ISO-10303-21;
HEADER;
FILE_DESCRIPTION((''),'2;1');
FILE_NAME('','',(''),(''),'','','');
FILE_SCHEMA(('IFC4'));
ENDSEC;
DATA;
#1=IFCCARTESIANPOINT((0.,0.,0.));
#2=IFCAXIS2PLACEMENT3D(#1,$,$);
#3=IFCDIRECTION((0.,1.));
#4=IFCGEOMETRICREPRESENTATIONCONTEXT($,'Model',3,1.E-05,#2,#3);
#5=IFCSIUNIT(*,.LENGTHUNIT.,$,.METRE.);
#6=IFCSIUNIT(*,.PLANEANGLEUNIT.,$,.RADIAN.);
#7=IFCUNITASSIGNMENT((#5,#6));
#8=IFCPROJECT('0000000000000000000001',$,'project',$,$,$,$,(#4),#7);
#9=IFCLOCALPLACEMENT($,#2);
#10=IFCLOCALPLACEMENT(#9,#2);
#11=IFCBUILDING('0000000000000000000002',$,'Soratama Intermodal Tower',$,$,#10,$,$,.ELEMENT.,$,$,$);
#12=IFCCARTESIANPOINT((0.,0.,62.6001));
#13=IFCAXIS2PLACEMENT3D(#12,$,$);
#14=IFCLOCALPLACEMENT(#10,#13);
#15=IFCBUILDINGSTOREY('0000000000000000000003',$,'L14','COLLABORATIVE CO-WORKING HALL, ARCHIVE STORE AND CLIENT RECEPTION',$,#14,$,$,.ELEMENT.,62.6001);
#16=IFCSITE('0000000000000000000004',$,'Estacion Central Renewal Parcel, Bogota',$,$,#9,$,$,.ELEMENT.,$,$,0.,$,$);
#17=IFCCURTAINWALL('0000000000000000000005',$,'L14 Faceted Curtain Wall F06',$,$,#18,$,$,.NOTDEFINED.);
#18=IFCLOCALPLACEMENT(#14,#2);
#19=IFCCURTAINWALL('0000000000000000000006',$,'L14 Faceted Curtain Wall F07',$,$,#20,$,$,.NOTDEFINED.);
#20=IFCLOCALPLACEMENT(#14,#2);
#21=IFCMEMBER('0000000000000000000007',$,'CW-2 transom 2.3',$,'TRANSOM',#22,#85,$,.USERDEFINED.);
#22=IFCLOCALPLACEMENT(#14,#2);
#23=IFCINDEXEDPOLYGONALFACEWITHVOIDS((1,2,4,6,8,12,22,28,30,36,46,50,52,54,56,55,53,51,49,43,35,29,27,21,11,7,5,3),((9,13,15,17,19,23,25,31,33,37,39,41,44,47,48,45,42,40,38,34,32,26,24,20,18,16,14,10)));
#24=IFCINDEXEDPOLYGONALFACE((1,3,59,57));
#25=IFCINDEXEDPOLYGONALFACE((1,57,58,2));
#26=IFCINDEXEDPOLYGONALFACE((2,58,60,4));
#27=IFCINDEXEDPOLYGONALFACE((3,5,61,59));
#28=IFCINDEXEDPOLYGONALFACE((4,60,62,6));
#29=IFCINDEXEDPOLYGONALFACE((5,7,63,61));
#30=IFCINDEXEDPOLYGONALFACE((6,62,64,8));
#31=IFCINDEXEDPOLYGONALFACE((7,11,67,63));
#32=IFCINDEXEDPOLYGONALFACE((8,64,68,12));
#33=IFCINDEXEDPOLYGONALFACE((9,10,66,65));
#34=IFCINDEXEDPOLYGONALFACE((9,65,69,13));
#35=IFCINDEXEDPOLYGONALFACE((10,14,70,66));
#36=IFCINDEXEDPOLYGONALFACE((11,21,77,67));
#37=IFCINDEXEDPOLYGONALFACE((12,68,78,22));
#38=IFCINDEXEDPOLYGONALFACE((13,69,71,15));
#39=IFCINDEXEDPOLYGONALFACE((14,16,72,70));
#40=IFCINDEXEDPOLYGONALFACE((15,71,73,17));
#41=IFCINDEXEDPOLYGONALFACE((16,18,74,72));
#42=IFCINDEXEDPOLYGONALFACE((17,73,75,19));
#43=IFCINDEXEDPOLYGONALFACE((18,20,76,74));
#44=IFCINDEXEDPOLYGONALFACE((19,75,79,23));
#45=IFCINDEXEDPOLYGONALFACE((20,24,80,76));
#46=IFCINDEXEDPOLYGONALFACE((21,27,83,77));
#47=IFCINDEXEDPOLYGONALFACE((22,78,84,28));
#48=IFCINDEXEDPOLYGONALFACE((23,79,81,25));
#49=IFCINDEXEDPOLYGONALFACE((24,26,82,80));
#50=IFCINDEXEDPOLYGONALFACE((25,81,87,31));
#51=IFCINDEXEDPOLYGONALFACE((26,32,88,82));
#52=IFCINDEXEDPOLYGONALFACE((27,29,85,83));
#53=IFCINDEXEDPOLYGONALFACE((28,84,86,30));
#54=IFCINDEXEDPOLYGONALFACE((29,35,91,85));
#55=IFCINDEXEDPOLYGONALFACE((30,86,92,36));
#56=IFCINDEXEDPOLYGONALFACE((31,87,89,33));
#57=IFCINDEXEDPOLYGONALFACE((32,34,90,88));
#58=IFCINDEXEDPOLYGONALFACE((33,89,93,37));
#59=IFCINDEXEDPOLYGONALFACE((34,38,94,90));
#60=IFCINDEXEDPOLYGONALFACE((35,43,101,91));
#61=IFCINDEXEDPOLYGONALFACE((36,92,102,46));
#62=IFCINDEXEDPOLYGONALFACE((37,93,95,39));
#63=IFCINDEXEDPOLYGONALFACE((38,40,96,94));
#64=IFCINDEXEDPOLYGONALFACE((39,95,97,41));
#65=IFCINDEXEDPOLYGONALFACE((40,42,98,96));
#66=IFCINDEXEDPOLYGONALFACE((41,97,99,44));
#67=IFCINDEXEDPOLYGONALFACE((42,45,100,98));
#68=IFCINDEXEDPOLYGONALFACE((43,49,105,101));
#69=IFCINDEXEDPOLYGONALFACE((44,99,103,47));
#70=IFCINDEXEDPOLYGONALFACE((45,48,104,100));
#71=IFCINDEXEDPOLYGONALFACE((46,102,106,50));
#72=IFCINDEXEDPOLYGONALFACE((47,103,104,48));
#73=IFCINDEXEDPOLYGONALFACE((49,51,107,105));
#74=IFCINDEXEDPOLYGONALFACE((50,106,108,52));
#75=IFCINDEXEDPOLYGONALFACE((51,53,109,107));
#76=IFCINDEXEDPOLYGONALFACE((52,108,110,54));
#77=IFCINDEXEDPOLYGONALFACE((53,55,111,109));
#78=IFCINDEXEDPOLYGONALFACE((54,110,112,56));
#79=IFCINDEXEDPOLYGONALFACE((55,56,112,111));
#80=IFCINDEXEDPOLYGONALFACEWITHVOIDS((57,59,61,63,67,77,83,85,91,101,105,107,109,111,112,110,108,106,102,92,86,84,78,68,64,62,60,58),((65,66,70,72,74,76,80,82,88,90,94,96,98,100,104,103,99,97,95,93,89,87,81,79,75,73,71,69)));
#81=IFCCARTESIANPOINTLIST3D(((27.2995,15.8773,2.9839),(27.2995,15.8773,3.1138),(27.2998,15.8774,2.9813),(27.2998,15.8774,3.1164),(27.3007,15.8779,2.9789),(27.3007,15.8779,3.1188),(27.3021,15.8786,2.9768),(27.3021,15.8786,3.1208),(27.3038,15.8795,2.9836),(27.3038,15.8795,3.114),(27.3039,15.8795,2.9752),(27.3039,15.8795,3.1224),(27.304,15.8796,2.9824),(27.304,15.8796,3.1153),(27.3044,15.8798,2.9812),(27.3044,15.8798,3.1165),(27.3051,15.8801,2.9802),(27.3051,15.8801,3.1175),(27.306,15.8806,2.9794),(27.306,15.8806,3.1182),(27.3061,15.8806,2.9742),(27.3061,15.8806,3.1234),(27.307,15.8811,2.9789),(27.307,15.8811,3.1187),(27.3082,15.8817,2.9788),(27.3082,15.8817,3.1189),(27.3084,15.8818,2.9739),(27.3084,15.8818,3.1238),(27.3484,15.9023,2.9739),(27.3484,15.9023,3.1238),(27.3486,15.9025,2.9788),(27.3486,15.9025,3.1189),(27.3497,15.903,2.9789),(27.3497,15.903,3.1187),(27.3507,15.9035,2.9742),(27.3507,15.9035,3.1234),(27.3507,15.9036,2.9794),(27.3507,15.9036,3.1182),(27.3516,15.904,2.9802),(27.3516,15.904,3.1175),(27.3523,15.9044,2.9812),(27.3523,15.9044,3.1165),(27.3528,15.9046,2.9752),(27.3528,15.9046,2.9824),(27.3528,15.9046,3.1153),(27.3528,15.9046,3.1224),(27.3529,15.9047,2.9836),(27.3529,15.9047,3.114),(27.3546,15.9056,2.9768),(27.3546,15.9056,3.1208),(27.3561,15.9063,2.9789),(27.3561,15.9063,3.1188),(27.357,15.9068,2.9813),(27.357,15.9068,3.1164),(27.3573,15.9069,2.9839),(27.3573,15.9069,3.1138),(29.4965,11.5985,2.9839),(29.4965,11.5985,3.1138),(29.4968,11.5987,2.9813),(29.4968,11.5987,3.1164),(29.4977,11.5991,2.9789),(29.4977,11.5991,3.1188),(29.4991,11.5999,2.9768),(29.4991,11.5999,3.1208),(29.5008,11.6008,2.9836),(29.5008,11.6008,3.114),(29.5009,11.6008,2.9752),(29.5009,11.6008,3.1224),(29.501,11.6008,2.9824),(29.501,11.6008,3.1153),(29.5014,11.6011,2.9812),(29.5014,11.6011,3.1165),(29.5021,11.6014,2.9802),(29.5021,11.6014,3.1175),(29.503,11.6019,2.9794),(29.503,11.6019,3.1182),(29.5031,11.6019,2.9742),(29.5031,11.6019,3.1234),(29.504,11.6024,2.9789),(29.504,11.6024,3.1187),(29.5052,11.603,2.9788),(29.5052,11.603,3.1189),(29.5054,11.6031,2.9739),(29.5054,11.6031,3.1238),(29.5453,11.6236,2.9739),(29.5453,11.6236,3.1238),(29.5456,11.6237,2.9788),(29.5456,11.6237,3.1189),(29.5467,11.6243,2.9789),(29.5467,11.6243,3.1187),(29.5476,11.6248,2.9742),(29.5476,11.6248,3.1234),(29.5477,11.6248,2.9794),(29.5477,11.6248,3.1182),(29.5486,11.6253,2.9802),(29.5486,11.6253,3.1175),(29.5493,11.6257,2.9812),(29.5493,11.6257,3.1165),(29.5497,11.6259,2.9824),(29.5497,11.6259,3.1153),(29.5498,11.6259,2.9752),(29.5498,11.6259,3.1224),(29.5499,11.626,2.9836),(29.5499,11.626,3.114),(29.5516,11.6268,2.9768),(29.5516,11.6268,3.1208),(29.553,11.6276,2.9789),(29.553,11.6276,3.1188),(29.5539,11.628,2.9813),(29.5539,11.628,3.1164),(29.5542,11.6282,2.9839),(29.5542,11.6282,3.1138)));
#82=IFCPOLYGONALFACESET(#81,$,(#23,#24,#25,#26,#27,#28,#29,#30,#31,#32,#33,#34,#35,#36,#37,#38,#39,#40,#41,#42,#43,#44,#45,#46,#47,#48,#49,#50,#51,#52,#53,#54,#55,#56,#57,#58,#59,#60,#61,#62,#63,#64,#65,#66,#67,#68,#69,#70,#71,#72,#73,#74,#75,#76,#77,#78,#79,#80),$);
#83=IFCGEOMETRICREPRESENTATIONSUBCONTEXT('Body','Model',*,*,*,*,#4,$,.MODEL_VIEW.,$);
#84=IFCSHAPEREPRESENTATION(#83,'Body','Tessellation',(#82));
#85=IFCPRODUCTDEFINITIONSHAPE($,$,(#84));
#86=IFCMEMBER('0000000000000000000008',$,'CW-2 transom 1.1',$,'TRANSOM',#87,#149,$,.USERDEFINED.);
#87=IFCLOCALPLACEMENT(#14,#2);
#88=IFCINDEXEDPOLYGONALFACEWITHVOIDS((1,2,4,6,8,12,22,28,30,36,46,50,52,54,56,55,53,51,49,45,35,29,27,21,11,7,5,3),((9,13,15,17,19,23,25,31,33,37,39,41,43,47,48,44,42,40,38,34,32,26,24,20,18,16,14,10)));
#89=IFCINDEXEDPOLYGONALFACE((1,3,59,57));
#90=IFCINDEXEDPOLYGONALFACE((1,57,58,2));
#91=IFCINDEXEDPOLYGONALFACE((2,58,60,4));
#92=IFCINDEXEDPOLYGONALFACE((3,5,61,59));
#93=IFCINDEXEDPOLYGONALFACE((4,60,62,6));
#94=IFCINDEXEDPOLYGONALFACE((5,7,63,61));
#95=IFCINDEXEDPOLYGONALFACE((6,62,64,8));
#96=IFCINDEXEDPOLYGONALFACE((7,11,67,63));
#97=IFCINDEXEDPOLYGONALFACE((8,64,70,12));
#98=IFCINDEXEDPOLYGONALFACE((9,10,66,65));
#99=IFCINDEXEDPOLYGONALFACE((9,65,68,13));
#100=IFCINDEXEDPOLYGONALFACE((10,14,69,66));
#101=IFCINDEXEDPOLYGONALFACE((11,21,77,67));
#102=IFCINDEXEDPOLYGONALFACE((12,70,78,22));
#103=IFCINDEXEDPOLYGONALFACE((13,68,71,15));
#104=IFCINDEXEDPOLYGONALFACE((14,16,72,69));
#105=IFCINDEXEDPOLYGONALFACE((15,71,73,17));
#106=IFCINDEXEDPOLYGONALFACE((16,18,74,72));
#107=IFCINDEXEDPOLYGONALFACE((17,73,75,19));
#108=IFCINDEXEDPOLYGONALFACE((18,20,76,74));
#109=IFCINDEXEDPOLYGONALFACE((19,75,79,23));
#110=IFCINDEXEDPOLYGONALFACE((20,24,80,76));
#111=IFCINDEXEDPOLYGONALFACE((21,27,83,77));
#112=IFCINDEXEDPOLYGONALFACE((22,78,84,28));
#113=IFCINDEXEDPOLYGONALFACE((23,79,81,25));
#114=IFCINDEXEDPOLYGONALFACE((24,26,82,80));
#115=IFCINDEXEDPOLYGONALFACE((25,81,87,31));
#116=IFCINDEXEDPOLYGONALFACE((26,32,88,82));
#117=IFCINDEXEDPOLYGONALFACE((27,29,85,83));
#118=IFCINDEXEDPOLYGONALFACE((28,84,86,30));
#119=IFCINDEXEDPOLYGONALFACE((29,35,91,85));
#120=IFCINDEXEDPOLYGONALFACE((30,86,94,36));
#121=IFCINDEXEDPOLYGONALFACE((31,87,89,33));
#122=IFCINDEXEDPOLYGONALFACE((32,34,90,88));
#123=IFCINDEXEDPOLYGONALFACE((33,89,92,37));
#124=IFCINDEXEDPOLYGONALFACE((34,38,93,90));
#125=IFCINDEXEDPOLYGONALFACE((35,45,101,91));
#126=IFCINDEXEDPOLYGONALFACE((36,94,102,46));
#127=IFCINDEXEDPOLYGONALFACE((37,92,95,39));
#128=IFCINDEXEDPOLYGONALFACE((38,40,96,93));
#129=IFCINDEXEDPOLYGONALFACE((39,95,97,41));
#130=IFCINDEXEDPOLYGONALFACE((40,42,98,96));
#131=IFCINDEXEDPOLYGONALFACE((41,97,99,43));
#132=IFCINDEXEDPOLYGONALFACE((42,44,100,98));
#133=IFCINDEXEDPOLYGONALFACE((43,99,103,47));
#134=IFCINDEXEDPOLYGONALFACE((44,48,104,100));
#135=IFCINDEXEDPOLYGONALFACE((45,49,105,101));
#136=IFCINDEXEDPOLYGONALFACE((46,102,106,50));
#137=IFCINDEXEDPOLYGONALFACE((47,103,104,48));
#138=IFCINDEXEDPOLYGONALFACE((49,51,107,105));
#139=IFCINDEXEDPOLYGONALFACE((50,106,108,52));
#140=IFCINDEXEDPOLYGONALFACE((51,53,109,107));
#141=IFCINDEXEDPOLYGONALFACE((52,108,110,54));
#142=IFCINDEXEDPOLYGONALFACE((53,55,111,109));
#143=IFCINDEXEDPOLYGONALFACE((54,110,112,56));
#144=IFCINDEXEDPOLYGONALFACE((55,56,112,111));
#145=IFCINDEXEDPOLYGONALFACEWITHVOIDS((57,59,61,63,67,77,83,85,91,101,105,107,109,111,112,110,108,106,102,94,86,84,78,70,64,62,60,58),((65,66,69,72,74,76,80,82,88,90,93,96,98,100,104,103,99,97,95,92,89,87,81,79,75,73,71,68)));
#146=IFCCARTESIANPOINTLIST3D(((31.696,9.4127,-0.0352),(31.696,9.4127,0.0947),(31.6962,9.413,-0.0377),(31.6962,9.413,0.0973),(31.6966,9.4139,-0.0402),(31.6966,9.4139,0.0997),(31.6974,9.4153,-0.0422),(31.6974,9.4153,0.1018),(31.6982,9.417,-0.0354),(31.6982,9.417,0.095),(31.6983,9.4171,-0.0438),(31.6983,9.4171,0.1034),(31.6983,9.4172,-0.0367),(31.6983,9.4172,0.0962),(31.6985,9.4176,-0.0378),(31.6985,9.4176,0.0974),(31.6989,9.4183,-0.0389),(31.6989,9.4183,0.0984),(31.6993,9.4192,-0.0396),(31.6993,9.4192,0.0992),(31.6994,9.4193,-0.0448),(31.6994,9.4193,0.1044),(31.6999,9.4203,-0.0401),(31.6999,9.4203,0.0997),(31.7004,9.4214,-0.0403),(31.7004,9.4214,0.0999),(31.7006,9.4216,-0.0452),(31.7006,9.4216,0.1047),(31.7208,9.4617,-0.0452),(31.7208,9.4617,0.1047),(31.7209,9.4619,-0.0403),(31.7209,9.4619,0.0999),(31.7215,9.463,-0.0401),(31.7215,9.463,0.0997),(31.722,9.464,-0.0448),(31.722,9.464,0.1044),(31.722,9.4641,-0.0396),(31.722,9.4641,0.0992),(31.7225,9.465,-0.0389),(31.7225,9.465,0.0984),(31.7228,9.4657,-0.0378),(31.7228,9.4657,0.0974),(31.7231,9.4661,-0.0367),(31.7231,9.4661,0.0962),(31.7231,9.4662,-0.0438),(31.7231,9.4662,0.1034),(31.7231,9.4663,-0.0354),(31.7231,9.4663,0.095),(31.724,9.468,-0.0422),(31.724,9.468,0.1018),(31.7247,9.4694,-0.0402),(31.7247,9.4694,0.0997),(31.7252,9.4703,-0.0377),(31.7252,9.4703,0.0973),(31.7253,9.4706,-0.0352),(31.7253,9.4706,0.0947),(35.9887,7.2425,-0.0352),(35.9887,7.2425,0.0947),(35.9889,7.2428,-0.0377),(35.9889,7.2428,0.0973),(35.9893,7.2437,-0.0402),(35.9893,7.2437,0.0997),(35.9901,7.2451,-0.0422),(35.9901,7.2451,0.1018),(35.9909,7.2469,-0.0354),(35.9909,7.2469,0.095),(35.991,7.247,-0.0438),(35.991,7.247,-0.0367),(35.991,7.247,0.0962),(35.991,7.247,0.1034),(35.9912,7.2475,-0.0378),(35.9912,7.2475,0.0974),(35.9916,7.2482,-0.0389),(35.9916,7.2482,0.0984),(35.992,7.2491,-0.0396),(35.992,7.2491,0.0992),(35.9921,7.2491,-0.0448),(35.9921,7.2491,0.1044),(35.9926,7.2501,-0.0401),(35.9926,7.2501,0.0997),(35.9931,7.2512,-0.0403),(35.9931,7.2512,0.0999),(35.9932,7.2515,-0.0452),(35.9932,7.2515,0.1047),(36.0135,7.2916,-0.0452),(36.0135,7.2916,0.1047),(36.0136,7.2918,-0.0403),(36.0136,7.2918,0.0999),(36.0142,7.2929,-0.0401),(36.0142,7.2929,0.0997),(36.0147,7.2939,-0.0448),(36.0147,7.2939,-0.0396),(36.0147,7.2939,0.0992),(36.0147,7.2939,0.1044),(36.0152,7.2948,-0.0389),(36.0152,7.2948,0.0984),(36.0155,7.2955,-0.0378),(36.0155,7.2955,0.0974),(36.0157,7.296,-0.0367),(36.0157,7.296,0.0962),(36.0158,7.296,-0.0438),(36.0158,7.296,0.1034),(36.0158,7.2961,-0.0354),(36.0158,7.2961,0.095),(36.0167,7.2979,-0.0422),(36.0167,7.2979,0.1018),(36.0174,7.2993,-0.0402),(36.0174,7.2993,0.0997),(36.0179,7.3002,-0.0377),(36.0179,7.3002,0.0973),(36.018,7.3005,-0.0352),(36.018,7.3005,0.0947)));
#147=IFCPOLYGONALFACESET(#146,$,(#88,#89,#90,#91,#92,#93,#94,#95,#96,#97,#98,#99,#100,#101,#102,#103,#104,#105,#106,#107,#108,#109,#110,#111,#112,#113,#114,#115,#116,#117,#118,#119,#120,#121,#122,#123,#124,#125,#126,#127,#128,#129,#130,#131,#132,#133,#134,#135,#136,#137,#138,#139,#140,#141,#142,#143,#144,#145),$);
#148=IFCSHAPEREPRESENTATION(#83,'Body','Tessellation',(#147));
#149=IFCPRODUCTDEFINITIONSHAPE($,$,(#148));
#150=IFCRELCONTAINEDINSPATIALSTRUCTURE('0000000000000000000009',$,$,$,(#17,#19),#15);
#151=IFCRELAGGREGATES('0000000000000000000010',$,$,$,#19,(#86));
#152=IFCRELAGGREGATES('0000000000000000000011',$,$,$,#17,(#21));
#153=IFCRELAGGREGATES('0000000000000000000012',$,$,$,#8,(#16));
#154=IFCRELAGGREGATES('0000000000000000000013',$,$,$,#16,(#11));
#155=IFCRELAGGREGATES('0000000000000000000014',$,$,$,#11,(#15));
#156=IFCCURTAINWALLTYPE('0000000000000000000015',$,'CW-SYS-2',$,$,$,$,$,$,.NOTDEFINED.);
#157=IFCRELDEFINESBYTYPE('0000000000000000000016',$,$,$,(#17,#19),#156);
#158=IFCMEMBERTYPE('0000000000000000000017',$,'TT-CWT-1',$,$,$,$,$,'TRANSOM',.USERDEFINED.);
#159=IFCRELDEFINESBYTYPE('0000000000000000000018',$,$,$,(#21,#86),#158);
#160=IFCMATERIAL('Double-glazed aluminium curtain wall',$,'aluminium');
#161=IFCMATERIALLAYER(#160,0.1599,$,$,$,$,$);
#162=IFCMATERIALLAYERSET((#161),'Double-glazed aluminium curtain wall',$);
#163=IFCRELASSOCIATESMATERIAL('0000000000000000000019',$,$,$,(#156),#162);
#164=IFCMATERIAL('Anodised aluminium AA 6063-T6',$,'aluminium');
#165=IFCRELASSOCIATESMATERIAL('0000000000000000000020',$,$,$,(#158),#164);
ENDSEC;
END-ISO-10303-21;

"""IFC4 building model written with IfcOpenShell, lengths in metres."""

from ifc_helpers import new_model, si_unit, direction, frame, origin, origin_2d, place, context, subcontext, project, spatial, hollow_rectangle, extrude, material, layer, layer_set, material_profile, profile_set, type_object, element, aggregate, save


model = new_model("IFC4")

# Units and contexts
model_context = context("Model", 3, precision=1e-05, world=origin(), true_north=direction((0.0, 1.0)))
body_context = subcontext(model_context, "Body", "Model", "MODEL_VIEW")
ifc_project = project(units=[si_unit("LENGTHUNIT", "METRE"), si_unit("PLANEANGLEUNIT", "RADIAN")], contexts=[model_context])

# Site, building, storey
site_placement = place(None, origin())
site = spatial("IfcSite", under=ifc_project, at=site_placement, Name="Estacion Central Renewal Parcel, Bogota", CompositionType="ELEMENT", RefElevation=0.0)
building_placement = place(site_placement, origin())
building = spatial("IfcBuilding", under=site, at=building_placement, Name="Soratama Intermodal Tower", CompositionType="ELEMENT")
storey_placement = place(building_placement, frame((0.0, 0.0, 62.6001)))
storey = spatial("IfcBuildingStorey", under=building, at=storey_placement, Name="L14", Description="COLLABORATIVE CO-WORKING HALL, ARCHIVE STORE AND CLIENT RECEPTION", CompositionType="ELEMENT", Elevation=62.6001)

# Curtain walls
ifc_material_1 = material(Name="Double-glazed aluminium curtain wall", Category="aluminium")
ifc_layer_1 = layer(ifc_material_1, 0.1599)
ifc_layer_set_1 = layer_set([ifc_layer_1], Name="Double-glazed aluminium curtain wall")
curtain_wall_type = type_object("IfcCurtainWallType", Name="CW-SYS-2", PredefinedType="NOTDEFINED", material=ifc_layer_set_1)
curtain_wall_1_placement = place(storey_placement, origin())
curtain_wall_1 = element("IfcCurtainWall", 1, at=curtain_wall_1_placement, inside=storey, type_object=curtain_wall_type, Name="L14 Faceted Curtain Wall F06", PredefinedType="NOTDEFINED")
curtain_wall_2_placement = place(storey_placement, origin())
curtain_wall_2 = element("IfcCurtainWall", 2, at=curtain_wall_2_placement, inside=storey, type_object=curtain_wall_type, Name="L14 Faceted Curtain Wall F07", PredefinedType="NOTDEFINED")

# Members
ifc_material_2 = material(Name="Anodised aluminium AA 6063-T6", Category="aluminium")
ifc_material_profile_1 = material_profile(ifc_material_2, hollow_rectangle(XDim=0.0649, YDim=0.1499, WallThickness=0.0049, InnerFilletRadius=0.0049, OuterFilletRadius=0.01, at=origin_2d()), Name="CWT150X65X5")
ifc_profile_set_1 = profile_set([ifc_material_profile_1], Name="Anodised aluminium AA 6063-T6")
member_type_1 = type_object("IfcMemberType", Name="TT-CWT-1", ElementType="TRANSOM", PredefinedType="USERDEFINED", material=ifc_profile_set_1)
member_1_placement = place(storey_placement, frame((27.3284, 15.8921, 3.0488), z_axis=(0.456771, -0.889584, 0.0), x_axis=(0.889584, 0.456771, 0.0)))
member_1 = element("IfcMember", 3, at=member_1_placement, type_object=member_type_1, Name="CW-2 transom 2.3", ObjectType="TRANSOM", PredefinedType="USERDEFINED", context=body_context, shape_type="SweptSolid", body=[
    extrude(hollow_rectangle(XDim=0.0649, YDim=0.1499, WallThickness=0.0049, InnerFilletRadius=0.0049, OuterFilletRadius=0.01, at=origin_2d()), origin(), (0.0, 0.0, 1.0), 4.8098),
])
member_2_placement = place(storey_placement, frame((31.7107, 9.4417, 0.0298), z_axis=(0.892439, -0.451168, 0.0), x_axis=(0.451168, 0.892439, 0.0)))
member_2 = element("IfcMember", 4, at=member_2_placement, type_object=member_type_1, Name="CW-2 transom 1.1", ObjectType="TRANSOM", PredefinedType="USERDEFINED", context=body_context, shape_type="SweptSolid", body=[
    extrude(hollow_rectangle(XDim=0.0649, YDim=0.1499, WallThickness=0.0049, InnerFilletRadius=0.0049, OuterFilletRadius=0.01, at=origin_2d()), origin(), (0.0, 0.0, 1.0), 4.8101),
])
aggregate(curtain_wall_2, [member_2])

aggregate(curtain_wall_1, [member_1])

save(model, "model.ifc")
